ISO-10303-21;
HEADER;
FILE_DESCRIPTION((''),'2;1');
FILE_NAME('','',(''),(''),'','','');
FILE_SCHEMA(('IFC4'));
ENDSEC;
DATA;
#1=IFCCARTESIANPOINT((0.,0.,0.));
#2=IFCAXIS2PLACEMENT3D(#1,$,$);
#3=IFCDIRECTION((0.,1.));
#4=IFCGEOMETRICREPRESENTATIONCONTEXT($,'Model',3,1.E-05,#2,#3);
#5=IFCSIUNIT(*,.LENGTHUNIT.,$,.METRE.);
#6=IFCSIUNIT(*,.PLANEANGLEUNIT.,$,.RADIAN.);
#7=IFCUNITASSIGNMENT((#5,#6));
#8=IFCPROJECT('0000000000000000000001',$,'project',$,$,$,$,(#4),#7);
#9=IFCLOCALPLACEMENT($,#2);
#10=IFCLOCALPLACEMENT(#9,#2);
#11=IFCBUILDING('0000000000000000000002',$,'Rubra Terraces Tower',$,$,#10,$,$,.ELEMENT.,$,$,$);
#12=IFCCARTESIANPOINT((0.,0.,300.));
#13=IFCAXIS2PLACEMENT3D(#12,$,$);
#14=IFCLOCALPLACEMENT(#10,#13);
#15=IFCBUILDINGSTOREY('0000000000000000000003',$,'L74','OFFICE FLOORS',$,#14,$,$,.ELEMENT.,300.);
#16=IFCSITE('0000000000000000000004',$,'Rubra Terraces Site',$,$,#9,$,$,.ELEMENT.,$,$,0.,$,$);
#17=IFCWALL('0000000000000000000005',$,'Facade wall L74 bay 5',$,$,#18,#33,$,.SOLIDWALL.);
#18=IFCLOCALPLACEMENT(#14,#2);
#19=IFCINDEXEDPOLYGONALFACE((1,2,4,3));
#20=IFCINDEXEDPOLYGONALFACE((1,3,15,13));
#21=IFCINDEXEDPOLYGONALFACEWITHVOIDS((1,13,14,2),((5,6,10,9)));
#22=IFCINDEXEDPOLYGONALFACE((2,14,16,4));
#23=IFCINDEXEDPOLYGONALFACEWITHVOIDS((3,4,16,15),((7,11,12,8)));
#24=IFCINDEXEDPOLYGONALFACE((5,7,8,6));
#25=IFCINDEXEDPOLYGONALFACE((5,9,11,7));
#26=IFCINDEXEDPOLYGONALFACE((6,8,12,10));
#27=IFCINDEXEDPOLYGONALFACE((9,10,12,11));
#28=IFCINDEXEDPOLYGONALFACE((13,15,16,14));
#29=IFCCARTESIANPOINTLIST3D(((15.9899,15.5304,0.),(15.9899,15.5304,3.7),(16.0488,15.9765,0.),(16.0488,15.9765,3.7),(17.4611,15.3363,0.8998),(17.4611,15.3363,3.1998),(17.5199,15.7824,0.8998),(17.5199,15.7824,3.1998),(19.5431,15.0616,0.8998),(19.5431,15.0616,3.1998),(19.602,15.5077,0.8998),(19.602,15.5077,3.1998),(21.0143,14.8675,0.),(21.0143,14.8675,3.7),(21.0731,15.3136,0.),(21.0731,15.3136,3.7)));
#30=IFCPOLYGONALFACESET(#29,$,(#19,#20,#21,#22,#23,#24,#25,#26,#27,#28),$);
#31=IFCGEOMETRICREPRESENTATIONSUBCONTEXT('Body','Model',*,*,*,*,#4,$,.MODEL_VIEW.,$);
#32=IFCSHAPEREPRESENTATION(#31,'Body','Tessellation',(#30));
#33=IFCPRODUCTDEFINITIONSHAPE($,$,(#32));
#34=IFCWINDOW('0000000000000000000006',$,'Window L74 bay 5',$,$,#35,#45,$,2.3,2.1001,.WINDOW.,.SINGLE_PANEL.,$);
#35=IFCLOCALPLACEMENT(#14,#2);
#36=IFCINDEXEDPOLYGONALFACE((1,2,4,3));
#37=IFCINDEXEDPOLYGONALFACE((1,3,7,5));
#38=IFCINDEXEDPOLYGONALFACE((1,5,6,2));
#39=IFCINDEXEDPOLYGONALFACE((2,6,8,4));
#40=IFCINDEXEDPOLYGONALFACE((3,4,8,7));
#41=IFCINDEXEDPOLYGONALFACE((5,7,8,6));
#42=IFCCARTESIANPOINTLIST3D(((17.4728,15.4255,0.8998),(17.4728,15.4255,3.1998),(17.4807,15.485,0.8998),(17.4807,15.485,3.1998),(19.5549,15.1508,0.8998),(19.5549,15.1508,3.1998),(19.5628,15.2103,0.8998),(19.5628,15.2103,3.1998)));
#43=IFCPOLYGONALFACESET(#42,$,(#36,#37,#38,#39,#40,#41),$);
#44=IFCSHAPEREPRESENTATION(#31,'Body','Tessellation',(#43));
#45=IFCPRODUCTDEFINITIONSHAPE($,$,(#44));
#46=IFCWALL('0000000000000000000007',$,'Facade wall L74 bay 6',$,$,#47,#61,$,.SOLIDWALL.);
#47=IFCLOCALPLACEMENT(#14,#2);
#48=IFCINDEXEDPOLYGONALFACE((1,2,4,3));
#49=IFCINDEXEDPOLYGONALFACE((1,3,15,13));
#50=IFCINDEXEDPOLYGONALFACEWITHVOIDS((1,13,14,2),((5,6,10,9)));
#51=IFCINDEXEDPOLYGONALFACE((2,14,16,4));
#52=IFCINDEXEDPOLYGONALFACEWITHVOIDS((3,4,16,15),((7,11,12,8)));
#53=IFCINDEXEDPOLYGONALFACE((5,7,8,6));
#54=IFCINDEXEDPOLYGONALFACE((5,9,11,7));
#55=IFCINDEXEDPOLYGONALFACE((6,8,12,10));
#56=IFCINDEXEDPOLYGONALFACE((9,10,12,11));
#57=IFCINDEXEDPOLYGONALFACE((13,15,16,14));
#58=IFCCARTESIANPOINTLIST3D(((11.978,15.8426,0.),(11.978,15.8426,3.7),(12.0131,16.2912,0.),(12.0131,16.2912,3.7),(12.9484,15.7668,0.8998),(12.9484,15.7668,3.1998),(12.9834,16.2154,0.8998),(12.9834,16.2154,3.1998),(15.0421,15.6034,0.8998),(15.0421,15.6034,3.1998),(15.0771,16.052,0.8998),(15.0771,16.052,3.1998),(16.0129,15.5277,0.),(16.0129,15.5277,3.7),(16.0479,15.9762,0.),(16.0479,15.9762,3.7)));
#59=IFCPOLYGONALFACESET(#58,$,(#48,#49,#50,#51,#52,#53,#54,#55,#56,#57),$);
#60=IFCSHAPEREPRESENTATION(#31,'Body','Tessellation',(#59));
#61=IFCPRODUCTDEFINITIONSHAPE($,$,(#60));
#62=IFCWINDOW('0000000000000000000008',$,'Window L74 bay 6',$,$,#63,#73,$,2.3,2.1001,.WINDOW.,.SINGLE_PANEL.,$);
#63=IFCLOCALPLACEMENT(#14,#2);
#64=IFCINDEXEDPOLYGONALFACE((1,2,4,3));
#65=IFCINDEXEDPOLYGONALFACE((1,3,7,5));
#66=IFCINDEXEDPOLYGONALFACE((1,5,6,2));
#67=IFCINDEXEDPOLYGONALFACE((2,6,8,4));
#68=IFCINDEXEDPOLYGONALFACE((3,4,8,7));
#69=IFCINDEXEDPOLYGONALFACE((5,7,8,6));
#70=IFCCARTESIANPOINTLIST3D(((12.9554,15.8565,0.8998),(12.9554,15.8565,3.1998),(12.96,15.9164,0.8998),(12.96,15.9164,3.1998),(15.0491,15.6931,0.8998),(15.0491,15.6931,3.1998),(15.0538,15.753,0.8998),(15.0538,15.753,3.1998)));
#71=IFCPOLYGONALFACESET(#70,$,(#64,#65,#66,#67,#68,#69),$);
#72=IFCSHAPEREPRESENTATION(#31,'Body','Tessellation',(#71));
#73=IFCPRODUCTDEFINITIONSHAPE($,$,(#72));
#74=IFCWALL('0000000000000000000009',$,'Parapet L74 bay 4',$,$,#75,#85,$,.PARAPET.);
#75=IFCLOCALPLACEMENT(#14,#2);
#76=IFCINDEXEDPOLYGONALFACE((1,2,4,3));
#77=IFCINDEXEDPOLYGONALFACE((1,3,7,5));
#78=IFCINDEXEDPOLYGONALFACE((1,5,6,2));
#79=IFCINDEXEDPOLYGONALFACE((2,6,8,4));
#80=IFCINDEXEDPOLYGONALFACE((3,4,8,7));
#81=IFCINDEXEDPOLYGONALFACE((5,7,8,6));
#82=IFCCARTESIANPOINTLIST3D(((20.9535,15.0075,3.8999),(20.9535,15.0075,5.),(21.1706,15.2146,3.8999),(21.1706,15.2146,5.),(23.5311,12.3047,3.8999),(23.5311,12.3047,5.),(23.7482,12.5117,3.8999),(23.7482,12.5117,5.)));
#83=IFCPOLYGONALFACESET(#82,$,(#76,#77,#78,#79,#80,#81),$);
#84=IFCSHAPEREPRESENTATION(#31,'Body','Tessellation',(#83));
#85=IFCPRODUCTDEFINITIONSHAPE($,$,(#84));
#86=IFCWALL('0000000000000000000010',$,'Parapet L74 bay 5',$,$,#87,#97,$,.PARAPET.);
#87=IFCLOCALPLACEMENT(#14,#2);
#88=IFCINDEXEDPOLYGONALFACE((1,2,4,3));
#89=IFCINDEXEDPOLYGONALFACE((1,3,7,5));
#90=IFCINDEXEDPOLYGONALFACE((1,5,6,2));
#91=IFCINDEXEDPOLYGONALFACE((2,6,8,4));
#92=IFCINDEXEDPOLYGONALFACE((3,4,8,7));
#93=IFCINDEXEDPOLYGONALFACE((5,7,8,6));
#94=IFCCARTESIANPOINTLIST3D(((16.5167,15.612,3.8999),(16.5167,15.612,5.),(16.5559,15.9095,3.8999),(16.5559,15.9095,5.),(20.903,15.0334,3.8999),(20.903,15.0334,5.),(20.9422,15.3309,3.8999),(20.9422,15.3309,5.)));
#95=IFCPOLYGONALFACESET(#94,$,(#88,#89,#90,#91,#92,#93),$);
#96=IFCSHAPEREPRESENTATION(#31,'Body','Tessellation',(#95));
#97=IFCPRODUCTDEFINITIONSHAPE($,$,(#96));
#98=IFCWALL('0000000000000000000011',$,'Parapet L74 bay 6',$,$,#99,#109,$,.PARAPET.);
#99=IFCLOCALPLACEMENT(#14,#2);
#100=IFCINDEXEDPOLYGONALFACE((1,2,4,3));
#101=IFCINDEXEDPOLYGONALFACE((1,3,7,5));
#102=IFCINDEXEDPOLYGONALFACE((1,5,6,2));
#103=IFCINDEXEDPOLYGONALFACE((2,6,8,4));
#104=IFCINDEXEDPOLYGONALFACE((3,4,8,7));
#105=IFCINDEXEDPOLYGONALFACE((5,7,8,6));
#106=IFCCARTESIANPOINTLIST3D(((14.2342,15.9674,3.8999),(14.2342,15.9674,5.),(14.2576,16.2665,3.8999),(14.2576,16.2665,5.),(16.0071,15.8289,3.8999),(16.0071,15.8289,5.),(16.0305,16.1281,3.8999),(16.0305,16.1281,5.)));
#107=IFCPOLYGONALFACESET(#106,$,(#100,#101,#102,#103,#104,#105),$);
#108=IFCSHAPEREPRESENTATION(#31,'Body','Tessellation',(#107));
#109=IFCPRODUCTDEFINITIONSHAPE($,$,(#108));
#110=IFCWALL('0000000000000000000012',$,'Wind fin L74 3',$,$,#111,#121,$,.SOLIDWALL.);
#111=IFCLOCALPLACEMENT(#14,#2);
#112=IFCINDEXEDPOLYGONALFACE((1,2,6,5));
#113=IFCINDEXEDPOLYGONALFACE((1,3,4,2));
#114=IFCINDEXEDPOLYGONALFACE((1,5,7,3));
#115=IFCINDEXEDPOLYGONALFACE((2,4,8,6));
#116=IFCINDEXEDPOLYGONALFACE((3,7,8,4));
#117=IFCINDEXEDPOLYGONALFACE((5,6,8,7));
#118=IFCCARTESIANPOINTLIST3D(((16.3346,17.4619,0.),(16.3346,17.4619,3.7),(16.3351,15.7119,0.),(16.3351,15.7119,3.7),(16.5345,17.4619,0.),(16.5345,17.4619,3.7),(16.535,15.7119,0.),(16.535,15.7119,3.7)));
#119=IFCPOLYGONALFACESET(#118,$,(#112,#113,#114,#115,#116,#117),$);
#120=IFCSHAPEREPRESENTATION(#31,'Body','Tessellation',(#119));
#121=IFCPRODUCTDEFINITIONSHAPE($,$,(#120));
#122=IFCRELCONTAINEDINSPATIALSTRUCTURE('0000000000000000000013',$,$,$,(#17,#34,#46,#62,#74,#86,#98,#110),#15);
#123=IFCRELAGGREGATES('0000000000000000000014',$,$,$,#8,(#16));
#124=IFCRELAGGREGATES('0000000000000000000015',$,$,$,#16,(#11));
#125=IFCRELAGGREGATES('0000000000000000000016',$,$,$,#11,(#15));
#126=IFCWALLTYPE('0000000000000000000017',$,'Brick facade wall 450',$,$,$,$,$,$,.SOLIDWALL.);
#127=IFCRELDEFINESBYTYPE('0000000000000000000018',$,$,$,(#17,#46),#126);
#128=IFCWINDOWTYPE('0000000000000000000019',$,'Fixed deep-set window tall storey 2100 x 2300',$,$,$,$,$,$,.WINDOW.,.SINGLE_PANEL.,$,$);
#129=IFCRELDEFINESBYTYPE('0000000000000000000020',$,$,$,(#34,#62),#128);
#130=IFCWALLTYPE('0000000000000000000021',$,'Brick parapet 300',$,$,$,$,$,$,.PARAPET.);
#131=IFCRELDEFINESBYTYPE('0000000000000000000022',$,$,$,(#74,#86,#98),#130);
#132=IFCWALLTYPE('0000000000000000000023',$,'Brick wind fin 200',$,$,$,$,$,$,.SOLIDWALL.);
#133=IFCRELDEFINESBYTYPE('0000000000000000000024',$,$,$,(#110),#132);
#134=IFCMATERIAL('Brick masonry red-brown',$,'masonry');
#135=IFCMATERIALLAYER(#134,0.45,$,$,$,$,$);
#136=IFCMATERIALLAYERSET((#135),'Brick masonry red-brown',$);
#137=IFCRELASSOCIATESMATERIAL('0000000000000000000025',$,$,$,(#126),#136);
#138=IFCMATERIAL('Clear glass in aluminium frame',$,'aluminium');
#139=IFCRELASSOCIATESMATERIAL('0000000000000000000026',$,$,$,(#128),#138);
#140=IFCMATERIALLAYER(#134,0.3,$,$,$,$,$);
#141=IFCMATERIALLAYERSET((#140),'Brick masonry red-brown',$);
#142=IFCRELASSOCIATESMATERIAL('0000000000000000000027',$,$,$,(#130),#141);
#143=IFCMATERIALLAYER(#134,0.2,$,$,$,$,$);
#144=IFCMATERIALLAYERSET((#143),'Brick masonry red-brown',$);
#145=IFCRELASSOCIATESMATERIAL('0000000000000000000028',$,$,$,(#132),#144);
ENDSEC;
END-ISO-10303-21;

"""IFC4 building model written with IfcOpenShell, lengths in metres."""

from ifc_helpers import new_model, si_unit, direction, frame, frame_2d, origin, place, context, subcontext, project, spatial, rectangle, extrude, material, layer, layer_set, type_object, element, fill, save


model = new_model("IFC4")

# Units and contexts
model_context = context("Model", 3, precision=1e-05, world=origin(), true_north=direction((0.0, 1.0)))
body_context = subcontext(model_context, "Body", "Model", "MODEL_VIEW")
ifc_project = project(units=[si_unit("LENGTHUNIT", "METRE"), si_unit("PLANEANGLEUNIT", "RADIAN")], contexts=[model_context])

# Site, building, storey
site_placement = place(None, origin())
site = spatial("IfcSite", under=ifc_project, at=site_placement, Name="Rubra Terraces Site", CompositionType="ELEMENT", RefElevation=0.0)
building_placement = place(site_placement, origin())
building = spatial("IfcBuilding", under=site, at=building_placement, Name="Rubra Terraces Tower", CompositionType="ELEMENT")
storey_placement = place(building_placement, frame((0.0, 0.0, 300.0)))
storey = spatial("IfcBuildingStorey", under=building, at=storey_placement, Name="L74", Description="OFFICE FLOORS", CompositionType="ELEMENT", Elevation=300.0)

# Walls, openings, windows
ifc_material_1 = material(Name="Brick masonry red-brown", Category="masonry")
ifc_layer_1 = layer(ifc_material_1, 0.45)
ifc_layer_set_1 = layer_set([ifc_layer_1], Name="Brick masonry red-brown")
wall_type_1 = type_object("IfcWallType", Name="Brick facade wall 450", PredefinedType="SOLIDWALL", material=ifc_layer_set_1)
ifc_material_2 = material(Name="Clear glass in aluminium frame", Category="aluminium")
window_type = type_object("IfcWindowType", Name="Fixed deep-set window tall storey 2100 x 2300", PartitioningType="SINGLE_PANEL", PredefinedType="WINDOW", material=ifc_material_2)
wall_1_placement = place(storey_placement, frame((21.0437, 15.0906, 0.0), z_axis=(0.0, 0.0, 1.0), x_axis=(-0.99141, 0.130791, 0.0)))
wall_1 = element("IfcWall", 1, at=wall_1_placement, inside=storey, type_object=wall_type_1, Name="Facade wall L74 bay 5", PredefinedType="SOLIDWALL", context=body_context, shape_type="SweptSolid", body=[
    extrude(rectangle(XDim=5.0679, YDim=0.45, at=frame_2d((2.5339, 0.0))), origin(), (0.0, 0.0, 1.0), 3.7),
])
opening_1_placement = place(wall_1_placement, frame((1.4839, 0.0, 0.8999)))
opening_1 = element("IfcOpeningElement", 2, at=opening_1_placement, cuts=wall_1, PredefinedType="OPENING", context=body_context, shape_type="SweptSolid", body=[
    extrude(rectangle(XDim=2.1001, YDim=2.3, at=frame_2d((1.05, 1.1499))), frame((0.0, 0.2349, 0.0), z_axis=(0.0, -1.0, 0.0), x_axis=(1.0, 0.0, 0.0)), (0.0, 0.0, 1.0), 0.47),
])
window_1_placement = place(opening_1_placement, origin())
window_1 = element("IfcWindow", 3, at=window_1_placement, inside=storey, type_object=window_type, Name="Window L74 bay 5", OverallHeight=2.3, OverallWidth=2.1001, PartitioningType="SINGLE_PANEL", PredefinedType="WINDOW", context=body_context, shape_type="SweptSolid", body=[
    extrude(rectangle(XDim=2.1001, YDim=2.3, at=frame_2d((1.05, 1.1499))), frame((0.0, 0.135, 0.0), z_axis=(0.0, -1.0, 0.0), x_axis=(1.0, 0.0, 0.0)), (0.0, 0.0, 1.0), 0.0601),
])
fill(opening_1, window_1)
wall_2_placement = place(storey_placement, frame((16.0303, 15.752, 0.0), z_axis=(0.0, 0.0, 1.0), x_axis=(-0.996968, 0.077817, 0.0)))
wall_2 = element("IfcWall", 4, at=wall_2_placement, inside=storey, type_object=wall_type_1, Name="Facade wall L74 bay 6", PredefinedType="SOLIDWALL", context=body_context, shape_type="SweptSolid", body=[
    extrude(rectangle(XDim=4.0471, YDim=0.45, at=frame_2d((2.0234, 0.0))), origin(), (0.0, 0.0, 1.0), 3.7),
])
opening_2_placement = place(wall_2_placement, frame((0.9736, 0.0, 0.8999)))
opening_2 = element("IfcOpeningElement", 5, at=opening_2_placement, cuts=wall_2, PredefinedType="OPENING", context=body_context, shape_type="SweptSolid", body=[
    extrude(rectangle(XDim=2.1001, YDim=2.3, at=frame_2d((1.05, 1.1499))), frame((0.0, 0.2349, 0.0), z_axis=(0.0, -1.0, 0.0), x_axis=(1.0, 0.0, 0.0)), (0.0, 0.0, 1.0), 0.47),
])
window_2_placement = place(opening_2_placement, origin())
window_2 = element("IfcWindow", 6, at=window_2_placement, inside=storey, type_object=window_type, Name="Window L74 bay 6", OverallHeight=2.3, OverallWidth=2.1001, PartitioningType="SINGLE_PANEL", PredefinedType="WINDOW", context=body_context, shape_type="SweptSolid", body=[
    extrude(rectangle(XDim=2.1001, YDim=2.3, at=frame_2d((1.05, 1.1499))), frame((0.0, 0.135, 0.0), z_axis=(0.0, -1.0, 0.0), x_axis=(1.0, 0.0, 0.0)), (0.0, 0.0, 1.0), 0.0601),
])
fill(opening_2, window_2)

# Walls
ifc_layer_2 = layer(ifc_material_1, 0.3)
ifc_layer_set_2 = layer_set([ifc_layer_2], Name="Brick masonry red-brown")
wall_type_2 = type_object("IfcWallType", Name="Brick parapet 300", PredefinedType="PARAPET", material=ifc_layer_set_2)
wall_3_placement = place(storey_placement, frame((23.6396, 12.4082, 3.8999), z_axis=(0.0, 0.0, 1.0), x_axis=(-0.690141, 0.723675, 0.0)))
element("IfcWall", 7, at=wall_3_placement, inside=storey, type_object=wall_type_2, Name="Parapet L74 bay 4", PredefinedType="PARAPET", context=body_context, shape_type="SweptSolid", body=[
    extrude(rectangle(XDim=3.7349, YDim=0.3, at=frame_2d((1.8674, 0.0))), origin(), (0.0, 0.0, 1.0), 1.1001),
])
wall_4_placement = place(storey_placement, frame((20.9226, 15.1821, 3.8999), z_axis=(0.0, 0.0, 1.0), x_axis=(-0.991411, 0.130783, 0.0)))
element("IfcWall", 8, at=wall_4_placement, inside=storey, type_object=wall_type_2, Name="Parapet L74 bay 5", PredefinedType="PARAPET", context=body_context, shape_type="SweptSolid", body=[
    extrude(rectangle(XDim=4.4243, YDim=0.3, at=frame_2d((2.2122, 0.0))), origin(), (0.0, 0.0, 1.0), 1.1001),
])
wall_5_placement = place(storey_placement, frame((16.0188, 15.9785, 3.8999), z_axis=(0.0, 0.0, 1.0), x_axis=(-0.996966, 0.077841, 0.0)))
element("IfcWall", 9, at=wall_5_placement, inside=storey, type_object=wall_type_2, Name="Parapet L74 bay 6", PredefinedType="PARAPET", context=body_context, shape_type="SweptSolid", body=[
    extrude(rectangle(XDim=1.7783, YDim=0.3, at=frame_2d((0.8892, 0.0))), origin(), (0.0, 0.0, 1.0), 1.1001),
])
ifc_layer_3 = layer(ifc_material_1, 0.2)
ifc_layer_set_3 = layer_set([ifc_layer_3], Name="Brick masonry red-brown")
wall_type_3 = type_object("IfcWallType", Name="Brick wind fin 200", PredefinedType="SOLIDWALL", material=ifc_layer_set_3)
wall_6_placement = place(storey_placement, frame((16.4351, 15.7119, 0.0), z_axis=(0.0, 0.0, 1.0), x_axis=(-0.000279, 1.0, 0.0)))
element("IfcWall", 10, at=wall_6_placement, inside=storey, type_object=wall_type_3, Name="Wind fin L74 3", PredefinedType="SOLIDWALL", context=body_context, shape_type="SweptSolid", body=[
    extrude(rectangle(XDim=1.75, YDim=0.2, at=frame_2d((0.875, 0.0))), origin(), (0.0, 0.0, 1.0), 3.7),
])

save(model, "model.ifc")
